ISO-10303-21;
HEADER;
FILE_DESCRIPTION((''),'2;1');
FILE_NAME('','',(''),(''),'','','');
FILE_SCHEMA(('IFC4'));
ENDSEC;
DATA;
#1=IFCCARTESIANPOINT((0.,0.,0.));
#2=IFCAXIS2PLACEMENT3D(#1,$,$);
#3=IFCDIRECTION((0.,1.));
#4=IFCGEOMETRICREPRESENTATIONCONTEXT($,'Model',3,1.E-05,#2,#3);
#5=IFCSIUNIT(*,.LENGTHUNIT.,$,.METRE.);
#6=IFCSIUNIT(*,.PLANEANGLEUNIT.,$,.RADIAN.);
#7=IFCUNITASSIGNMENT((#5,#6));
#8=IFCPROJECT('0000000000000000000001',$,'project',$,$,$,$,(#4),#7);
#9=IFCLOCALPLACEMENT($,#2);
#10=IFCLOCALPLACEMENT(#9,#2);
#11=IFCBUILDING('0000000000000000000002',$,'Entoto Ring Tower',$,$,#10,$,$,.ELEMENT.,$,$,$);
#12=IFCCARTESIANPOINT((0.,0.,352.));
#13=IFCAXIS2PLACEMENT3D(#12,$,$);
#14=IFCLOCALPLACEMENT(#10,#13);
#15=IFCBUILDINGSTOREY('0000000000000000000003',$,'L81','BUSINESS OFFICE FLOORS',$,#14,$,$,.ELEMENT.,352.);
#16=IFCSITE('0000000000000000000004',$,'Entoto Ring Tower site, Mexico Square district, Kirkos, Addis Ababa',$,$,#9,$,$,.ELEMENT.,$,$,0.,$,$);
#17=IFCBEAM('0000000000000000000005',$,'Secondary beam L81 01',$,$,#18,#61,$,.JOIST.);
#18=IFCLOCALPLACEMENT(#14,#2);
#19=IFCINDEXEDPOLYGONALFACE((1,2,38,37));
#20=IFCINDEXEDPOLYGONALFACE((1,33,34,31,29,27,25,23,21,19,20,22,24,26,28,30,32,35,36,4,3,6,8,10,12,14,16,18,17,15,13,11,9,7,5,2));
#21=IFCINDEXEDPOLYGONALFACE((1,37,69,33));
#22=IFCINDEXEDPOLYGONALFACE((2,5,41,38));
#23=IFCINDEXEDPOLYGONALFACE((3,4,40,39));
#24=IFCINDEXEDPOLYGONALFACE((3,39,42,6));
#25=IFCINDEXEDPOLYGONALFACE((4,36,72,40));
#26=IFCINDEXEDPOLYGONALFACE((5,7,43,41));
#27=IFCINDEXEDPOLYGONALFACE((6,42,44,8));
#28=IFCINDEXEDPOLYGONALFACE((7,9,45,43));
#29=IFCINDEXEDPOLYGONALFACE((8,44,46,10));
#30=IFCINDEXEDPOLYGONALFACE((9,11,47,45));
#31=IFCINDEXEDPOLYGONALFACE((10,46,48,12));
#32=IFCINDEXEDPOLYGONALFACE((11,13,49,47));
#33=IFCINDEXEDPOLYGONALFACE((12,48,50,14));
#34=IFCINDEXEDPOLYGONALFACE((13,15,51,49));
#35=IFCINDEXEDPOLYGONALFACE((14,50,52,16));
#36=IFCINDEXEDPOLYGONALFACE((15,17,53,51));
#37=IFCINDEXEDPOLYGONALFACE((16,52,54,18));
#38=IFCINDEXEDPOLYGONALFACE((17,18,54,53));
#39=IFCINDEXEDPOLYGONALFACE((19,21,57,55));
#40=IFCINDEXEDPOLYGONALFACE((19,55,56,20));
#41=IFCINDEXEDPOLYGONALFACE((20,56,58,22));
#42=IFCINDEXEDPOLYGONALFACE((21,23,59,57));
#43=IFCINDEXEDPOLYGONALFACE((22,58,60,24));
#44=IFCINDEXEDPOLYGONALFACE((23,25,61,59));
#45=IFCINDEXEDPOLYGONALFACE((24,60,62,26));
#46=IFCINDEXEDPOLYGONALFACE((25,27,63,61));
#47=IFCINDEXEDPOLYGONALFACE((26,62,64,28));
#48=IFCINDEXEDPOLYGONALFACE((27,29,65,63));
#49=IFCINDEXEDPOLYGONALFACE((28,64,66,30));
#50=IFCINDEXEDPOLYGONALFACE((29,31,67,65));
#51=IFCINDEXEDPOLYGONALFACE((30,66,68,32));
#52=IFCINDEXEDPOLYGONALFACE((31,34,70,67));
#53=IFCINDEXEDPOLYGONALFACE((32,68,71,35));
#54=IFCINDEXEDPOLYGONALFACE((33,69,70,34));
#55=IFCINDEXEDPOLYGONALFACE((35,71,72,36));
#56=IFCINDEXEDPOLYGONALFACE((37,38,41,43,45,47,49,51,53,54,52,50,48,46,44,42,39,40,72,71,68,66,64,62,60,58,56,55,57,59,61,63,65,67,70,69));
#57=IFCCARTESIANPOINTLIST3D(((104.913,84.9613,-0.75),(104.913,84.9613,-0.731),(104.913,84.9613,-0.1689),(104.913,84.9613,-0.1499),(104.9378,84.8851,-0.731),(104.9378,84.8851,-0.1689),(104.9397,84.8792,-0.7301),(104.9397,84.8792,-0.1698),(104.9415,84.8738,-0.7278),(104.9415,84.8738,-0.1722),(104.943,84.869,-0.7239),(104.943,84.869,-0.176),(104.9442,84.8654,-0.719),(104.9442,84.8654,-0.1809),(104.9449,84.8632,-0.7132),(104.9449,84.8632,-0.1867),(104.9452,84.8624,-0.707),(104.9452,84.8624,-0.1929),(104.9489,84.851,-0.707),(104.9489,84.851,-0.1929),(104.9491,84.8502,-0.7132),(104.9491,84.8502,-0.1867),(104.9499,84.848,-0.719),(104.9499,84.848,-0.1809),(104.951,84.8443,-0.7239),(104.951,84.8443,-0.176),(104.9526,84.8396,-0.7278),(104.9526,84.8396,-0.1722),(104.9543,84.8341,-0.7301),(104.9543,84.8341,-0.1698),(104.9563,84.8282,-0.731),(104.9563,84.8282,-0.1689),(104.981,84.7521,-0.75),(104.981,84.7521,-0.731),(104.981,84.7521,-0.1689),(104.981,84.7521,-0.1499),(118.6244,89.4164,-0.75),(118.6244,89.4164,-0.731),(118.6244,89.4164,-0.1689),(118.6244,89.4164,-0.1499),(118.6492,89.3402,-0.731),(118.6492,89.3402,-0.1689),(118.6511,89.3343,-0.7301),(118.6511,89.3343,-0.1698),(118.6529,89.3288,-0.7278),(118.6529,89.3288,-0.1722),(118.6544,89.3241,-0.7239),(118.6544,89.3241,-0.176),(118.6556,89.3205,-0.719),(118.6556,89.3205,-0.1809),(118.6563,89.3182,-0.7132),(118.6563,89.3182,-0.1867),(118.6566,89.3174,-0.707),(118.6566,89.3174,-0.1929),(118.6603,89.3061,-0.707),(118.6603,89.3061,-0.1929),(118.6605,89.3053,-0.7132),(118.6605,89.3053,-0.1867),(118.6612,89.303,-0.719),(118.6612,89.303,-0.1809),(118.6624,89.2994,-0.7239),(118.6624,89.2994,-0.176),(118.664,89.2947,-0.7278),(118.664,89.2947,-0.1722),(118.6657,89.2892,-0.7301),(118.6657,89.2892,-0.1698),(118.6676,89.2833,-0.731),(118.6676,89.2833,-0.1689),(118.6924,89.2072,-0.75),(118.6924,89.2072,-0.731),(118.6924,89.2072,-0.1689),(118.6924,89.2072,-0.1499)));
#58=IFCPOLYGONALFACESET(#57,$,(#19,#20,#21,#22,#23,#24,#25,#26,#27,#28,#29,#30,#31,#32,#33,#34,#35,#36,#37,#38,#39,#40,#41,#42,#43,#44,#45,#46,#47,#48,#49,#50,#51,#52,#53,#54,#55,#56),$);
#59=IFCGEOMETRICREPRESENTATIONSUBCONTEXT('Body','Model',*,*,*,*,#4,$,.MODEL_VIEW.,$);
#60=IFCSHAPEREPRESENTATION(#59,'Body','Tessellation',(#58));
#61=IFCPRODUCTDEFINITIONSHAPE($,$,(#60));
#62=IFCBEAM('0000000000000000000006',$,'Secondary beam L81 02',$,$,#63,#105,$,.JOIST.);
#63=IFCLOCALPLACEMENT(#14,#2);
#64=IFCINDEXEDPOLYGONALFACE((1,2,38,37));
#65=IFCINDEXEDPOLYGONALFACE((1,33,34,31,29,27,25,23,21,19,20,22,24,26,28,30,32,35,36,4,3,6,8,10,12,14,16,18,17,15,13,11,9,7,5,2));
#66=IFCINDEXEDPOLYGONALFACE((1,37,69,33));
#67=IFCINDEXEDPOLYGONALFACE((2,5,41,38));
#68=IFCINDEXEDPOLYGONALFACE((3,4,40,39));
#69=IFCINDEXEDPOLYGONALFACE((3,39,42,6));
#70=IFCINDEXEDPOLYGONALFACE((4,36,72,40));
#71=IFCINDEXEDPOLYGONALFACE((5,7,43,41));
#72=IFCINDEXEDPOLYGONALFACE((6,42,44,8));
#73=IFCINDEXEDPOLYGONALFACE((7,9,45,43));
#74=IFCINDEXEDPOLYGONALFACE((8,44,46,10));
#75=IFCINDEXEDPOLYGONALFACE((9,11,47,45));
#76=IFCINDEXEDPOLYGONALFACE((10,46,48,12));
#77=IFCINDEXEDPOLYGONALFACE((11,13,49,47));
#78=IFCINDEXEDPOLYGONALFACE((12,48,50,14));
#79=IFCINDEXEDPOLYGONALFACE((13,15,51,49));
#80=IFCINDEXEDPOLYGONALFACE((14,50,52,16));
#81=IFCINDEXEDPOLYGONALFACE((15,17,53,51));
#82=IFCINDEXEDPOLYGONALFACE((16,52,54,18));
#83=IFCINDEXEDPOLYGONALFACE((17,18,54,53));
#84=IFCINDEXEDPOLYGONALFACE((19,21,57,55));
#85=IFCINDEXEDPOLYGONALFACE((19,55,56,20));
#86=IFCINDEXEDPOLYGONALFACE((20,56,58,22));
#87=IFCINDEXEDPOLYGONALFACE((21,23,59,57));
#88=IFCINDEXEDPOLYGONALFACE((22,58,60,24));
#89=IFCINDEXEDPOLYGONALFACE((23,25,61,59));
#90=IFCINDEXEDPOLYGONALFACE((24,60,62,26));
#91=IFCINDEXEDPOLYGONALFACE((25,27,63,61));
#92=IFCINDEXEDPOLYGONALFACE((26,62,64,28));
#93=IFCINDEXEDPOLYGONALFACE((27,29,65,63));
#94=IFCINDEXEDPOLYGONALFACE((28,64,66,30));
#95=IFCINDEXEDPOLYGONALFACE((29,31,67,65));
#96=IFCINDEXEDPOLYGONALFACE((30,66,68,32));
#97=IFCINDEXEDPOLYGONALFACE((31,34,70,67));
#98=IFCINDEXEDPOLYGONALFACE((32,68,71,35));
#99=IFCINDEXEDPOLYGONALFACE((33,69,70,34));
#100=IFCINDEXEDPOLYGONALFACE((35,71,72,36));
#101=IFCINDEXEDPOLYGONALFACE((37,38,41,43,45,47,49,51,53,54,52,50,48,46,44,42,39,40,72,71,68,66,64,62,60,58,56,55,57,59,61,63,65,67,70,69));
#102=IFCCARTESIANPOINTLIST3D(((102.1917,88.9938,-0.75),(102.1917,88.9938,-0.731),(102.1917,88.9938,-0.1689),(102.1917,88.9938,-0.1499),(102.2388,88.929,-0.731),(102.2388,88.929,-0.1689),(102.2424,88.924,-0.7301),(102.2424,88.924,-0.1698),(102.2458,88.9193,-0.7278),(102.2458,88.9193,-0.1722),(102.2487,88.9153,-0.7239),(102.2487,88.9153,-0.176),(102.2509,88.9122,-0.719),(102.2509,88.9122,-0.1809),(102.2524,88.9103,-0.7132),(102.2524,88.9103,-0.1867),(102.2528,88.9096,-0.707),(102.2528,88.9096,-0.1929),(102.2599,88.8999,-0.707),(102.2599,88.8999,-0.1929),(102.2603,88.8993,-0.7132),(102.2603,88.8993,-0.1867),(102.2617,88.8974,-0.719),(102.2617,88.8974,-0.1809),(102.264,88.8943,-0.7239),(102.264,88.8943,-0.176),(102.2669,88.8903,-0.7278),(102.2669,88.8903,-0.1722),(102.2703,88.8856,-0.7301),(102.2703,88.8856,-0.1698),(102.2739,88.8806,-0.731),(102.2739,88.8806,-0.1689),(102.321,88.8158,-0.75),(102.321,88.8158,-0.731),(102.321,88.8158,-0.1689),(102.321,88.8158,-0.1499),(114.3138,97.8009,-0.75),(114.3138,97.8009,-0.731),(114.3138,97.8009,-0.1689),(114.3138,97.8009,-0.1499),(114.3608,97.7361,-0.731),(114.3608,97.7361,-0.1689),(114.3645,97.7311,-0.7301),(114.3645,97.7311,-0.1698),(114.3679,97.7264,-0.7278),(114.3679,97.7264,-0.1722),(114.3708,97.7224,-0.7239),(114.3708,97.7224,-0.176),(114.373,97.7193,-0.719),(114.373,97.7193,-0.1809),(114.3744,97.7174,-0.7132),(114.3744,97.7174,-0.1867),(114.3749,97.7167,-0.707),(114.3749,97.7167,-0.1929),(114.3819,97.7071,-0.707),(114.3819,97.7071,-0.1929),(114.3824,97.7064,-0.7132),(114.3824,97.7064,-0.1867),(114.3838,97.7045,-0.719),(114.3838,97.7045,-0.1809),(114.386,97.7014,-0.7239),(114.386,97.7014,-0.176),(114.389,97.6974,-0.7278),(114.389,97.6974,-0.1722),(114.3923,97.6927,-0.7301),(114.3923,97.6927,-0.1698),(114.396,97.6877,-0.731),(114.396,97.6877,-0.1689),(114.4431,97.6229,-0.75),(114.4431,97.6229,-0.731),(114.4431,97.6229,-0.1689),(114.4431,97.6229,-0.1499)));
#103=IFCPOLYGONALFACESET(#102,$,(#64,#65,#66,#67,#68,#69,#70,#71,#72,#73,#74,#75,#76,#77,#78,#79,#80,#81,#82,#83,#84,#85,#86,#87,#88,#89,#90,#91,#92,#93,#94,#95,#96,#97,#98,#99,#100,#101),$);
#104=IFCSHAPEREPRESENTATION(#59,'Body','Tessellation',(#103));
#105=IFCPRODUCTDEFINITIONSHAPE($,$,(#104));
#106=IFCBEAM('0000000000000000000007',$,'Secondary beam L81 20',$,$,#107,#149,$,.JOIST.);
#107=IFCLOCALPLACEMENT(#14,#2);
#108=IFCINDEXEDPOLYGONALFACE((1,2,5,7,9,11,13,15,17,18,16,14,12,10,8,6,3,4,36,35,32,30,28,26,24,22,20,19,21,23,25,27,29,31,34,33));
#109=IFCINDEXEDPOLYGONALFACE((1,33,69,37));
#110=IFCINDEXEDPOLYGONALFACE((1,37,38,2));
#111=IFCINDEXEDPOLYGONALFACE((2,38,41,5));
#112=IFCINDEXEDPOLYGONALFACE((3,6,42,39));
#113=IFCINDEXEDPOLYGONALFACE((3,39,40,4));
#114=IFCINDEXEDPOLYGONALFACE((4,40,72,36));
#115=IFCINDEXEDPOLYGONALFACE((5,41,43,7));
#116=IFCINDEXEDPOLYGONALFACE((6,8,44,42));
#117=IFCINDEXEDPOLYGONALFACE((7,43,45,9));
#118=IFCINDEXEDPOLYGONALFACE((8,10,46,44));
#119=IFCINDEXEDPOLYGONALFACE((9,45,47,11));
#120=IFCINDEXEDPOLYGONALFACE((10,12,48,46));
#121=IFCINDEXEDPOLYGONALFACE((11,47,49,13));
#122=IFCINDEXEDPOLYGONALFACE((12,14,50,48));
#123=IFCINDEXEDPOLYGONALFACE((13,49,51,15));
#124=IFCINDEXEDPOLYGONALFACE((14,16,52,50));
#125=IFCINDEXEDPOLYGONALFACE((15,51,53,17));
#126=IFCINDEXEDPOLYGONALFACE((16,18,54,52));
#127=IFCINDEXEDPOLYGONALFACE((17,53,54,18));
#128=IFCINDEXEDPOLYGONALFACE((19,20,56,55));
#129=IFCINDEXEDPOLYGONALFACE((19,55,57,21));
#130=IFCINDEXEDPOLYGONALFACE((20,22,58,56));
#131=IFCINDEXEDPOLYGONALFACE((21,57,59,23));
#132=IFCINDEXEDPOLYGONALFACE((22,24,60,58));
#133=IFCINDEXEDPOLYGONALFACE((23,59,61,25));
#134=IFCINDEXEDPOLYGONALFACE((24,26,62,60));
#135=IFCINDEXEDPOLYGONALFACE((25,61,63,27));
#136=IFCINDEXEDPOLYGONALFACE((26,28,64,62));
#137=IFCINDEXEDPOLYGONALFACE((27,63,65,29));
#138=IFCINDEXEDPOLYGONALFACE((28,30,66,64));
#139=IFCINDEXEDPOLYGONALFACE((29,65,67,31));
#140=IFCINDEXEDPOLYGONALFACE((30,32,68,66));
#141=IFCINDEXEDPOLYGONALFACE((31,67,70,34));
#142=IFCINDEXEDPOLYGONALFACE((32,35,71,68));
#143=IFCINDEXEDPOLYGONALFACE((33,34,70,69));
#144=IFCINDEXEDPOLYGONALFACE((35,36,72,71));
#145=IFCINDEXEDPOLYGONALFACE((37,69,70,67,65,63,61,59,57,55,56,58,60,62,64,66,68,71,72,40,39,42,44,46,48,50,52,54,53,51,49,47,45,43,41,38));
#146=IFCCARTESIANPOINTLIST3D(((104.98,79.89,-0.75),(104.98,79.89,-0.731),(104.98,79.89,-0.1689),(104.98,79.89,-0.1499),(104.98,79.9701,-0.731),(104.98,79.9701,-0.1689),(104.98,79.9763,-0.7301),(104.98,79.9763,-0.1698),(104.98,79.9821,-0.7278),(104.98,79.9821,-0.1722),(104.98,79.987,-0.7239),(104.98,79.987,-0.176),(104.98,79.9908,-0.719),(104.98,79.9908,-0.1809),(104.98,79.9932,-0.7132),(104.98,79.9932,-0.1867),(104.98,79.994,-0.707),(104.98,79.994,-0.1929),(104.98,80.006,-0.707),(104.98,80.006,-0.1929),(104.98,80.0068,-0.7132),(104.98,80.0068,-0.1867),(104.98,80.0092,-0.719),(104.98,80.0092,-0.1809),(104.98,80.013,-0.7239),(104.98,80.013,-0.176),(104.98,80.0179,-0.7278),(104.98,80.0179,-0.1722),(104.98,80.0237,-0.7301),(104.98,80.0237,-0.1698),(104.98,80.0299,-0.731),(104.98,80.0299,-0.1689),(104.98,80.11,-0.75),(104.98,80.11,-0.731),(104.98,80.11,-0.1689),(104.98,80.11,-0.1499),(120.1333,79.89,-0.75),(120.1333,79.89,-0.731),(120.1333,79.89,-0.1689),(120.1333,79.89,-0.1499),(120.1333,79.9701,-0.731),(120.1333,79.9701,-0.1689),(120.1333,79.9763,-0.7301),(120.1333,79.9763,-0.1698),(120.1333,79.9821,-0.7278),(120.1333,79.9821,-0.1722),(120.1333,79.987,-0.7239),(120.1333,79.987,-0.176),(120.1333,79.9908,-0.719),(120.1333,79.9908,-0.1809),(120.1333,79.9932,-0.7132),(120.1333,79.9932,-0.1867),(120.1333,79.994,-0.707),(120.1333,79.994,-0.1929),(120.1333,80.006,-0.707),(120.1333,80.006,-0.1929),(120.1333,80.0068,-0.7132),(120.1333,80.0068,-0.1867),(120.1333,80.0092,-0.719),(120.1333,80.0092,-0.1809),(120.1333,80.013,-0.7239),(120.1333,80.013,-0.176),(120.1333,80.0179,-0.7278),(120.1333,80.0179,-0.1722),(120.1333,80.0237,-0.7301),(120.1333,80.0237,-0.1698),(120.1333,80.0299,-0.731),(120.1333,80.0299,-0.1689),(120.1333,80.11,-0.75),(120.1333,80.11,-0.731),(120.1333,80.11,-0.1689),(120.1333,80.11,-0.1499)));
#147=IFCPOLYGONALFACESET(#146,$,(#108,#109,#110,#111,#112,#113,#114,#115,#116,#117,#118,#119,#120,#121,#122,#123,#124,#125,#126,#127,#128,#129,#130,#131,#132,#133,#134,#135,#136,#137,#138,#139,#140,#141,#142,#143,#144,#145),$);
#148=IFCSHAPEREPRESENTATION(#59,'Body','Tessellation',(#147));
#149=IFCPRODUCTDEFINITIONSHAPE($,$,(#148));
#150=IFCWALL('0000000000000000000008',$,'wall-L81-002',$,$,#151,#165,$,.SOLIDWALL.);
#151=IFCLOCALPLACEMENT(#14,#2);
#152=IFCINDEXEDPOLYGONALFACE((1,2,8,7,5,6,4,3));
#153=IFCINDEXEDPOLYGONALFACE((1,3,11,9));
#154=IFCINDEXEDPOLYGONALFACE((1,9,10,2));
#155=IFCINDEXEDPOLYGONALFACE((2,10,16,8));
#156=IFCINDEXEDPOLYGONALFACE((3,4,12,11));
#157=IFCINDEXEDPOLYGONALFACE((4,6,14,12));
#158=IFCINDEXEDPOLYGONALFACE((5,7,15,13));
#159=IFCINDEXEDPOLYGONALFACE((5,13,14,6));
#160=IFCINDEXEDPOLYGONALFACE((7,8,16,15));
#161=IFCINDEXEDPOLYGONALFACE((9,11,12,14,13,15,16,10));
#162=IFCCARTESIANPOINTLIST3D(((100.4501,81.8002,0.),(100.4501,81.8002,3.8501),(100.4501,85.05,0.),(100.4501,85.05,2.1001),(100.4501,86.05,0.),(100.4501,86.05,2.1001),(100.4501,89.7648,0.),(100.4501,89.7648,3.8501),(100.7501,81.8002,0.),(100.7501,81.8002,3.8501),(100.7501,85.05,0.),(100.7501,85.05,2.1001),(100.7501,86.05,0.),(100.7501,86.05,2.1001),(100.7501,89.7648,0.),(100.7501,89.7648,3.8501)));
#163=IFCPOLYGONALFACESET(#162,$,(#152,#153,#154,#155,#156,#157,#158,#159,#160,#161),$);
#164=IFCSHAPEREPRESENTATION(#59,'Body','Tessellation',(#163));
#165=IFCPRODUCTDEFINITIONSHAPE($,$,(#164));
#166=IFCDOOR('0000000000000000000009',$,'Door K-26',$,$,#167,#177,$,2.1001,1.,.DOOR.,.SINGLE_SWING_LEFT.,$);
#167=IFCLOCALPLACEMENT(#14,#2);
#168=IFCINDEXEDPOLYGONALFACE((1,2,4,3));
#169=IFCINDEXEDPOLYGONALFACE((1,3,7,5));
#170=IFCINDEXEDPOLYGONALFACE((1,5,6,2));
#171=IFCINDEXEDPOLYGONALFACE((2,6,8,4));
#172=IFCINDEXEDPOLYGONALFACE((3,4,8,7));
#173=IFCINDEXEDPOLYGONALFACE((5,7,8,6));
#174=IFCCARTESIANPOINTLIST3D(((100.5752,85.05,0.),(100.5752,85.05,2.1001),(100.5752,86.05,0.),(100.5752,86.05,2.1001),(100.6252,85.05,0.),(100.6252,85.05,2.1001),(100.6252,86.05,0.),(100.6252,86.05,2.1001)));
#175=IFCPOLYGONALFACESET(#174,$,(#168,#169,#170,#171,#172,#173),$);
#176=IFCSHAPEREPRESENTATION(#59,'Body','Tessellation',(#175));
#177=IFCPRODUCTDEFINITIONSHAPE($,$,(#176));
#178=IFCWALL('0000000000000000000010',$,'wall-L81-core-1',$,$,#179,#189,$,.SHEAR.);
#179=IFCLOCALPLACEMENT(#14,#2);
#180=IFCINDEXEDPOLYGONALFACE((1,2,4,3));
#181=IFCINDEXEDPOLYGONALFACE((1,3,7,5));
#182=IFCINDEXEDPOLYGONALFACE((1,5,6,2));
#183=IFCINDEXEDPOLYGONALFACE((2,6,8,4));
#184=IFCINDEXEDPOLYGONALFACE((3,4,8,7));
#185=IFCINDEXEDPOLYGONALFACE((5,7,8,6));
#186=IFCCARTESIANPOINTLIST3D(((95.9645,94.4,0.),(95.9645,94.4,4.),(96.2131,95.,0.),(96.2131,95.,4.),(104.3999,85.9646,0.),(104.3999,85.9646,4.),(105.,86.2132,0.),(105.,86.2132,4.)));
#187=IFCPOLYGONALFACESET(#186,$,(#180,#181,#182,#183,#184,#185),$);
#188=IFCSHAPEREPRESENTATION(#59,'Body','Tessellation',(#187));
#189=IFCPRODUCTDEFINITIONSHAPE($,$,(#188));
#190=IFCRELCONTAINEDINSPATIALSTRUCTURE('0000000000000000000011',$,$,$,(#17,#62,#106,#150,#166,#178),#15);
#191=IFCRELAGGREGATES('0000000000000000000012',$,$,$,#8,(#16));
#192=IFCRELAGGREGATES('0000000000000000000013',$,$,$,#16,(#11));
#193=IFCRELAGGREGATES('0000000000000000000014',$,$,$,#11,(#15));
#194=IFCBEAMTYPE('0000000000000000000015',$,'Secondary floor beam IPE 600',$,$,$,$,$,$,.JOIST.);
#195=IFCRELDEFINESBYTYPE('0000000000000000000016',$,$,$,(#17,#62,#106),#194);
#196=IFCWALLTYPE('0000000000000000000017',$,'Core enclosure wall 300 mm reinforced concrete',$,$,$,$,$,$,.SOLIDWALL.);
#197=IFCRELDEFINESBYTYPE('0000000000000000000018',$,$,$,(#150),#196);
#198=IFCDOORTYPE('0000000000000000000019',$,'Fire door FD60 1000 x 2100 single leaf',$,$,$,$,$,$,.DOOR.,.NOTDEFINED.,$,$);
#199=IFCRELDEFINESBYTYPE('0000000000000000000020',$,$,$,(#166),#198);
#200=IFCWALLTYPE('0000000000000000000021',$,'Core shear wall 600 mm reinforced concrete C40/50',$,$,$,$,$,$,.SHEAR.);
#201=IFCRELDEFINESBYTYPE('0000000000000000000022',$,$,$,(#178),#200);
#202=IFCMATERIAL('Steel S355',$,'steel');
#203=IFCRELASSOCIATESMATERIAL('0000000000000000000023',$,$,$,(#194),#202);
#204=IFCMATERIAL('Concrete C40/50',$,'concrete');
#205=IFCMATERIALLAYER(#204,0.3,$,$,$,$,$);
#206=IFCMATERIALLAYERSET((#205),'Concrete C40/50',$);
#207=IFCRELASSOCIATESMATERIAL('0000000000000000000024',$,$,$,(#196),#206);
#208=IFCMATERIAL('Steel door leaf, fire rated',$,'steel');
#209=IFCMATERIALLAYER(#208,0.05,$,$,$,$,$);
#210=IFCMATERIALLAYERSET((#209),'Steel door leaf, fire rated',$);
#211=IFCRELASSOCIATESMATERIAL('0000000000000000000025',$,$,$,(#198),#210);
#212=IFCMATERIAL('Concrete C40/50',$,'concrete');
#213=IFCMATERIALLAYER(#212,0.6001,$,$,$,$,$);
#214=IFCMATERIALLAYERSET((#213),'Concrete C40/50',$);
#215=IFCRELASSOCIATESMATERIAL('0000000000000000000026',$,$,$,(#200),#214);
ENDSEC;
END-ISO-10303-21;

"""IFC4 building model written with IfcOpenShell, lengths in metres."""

from ifc_helpers import new_model, si_unit, direction, frame, frame_2d, origin, origin_2d, place, context, subcontext, project, spatial, polyline, rectangle, i_section, outline, extrude, material, layer, layer_set, material_profile, profile_set, type_object, element, fill, save


model = new_model("IFC4")

# Units and contexts
model_context = context("Model", 3, precision=1e-05, world=origin(), true_north=direction((0.0, 1.0)))
body_context = subcontext(model_context, "Body", "Model", "MODEL_VIEW")
ifc_project = project(units=[si_unit("LENGTHUNIT", "METRE"), si_unit("PLANEANGLEUNIT", "RADIAN")], contexts=[model_context])

# Site, building, storey
site_placement = place(None, origin())
site = spatial("IfcSite", under=ifc_project, at=site_placement, Name="Entoto Ring Tower site, Mexico Square district, Kirkos, Addis Ababa", CompositionType="ELEMENT", RefElevation=0.0)
building_placement = place(site_placement, origin())
building = spatial("IfcBuilding", under=site, at=building_placement, Name="Entoto Ring Tower", CompositionType="ELEMENT")
storey_placement = place(building_placement, frame((0.0, 0.0, 352.0)))
storey = spatial("IfcBuildingStorey", under=building, at=storey_placement, Name="L81", Description="BUSINESS OFFICE FLOORS", CompositionType="ELEMENT", Elevation=352.0)

# Beams
ifc_material_1 = material(Name="Steel S355", Category="steel")
ifc_material_profile_1 = material_profile(ifc_material_1, i_section(OverallWidth=0.22, OverallDepth=0.6001, WebThickness=0.012, FlangeThickness=0.019, FilletRadius=0.0239, at=origin_2d()), Name="IPE 600")
ifc_profile_set_1 = profile_set([ifc_material_profile_1], Name="Steel S355")
beam_type_1 = type_object("IfcBeamType", Name="Secondary floor beam IPE 600", PredefinedType="JOIST", material=ifc_profile_set_1)
beam_1_placement = place(storey_placement, frame((104.947, 84.8567, -0.45), z_axis=(0.951057, 0.309015, 0.0), x_axis=(-0.309015, 0.951057, 0.0)))
element("IfcBeam", 1, at=beam_1_placement, inside=storey, type_object=beam_type_1, Name="Secondary beam L81 01", PredefinedType="JOIST", context=body_context, shape_type="SweptSolid", body=[
    extrude(i_section(OverallWidth=0.22, OverallDepth=0.6001, WebThickness=0.012, FlangeThickness=0.019, FilletRadius=0.0239, at=origin_2d()), origin(), (0.0, 0.0, 1.0), 14.417),
])
beam_2_placement = place(storey_placement, frame((102.2563, 88.9048, -0.45), z_axis=(0.809019, 0.587782, 0.0), x_axis=(-0.587782, 0.809019, 0.0)))
element("IfcBeam", 2, at=beam_2_placement, inside=storey, type_object=beam_type_1, Name="Secondary beam L81 02", PredefinedType="JOIST", context=body_context, shape_type="SweptSolid", body=[
    extrude(i_section(OverallWidth=0.22, OverallDepth=0.6001, WebThickness=0.012, FlangeThickness=0.019, FilletRadius=0.0239, at=origin_2d()), origin(), (0.0, 0.0, 1.0), 14.9836),
])
beam_3_placement = place(storey_placement, frame((104.98, 80.0, -0.45), z_axis=(1.0, 0.0, 0.0), x_axis=(0.0, 1.0, 0.0)))
element("IfcBeam", 3, at=beam_3_placement, inside=storey, type_object=beam_type_1, Name="Secondary beam L81 20", PredefinedType="JOIST", context=body_context, shape_type="SweptSolid", body=[
    extrude(i_section(OverallWidth=0.22, OverallDepth=0.6001, WebThickness=0.012, FlangeThickness=0.019, FilletRadius=0.0239, at=origin_2d()), origin(), (0.0, 0.0, 1.0), 15.1533),
])

# Wall, opening, door
ifc_material_2 = material(Name="Concrete C40/50", Category="concrete")
ifc_layer_1 = layer(ifc_material_2, 0.3)
ifc_layer_set_1 = layer_set([ifc_layer_1], Name="Concrete C40/50")
wall_type_1 = type_object("IfcWallType", Name="Core enclosure wall 300 mm reinforced concrete", PredefinedType="SOLIDWALL", material=ifc_layer_set_1)
wall_1_placement = place(storey_placement, frame((100.6001, 81.8, 0.0), z_axis=(0.0, 0.0, 1.0), x_axis=(0.0, 1.0, 0.0)))
wall_1 = element("IfcWall", 4, at=wall_1_placement, inside=storey, type_object=wall_type_1, Name="wall-L81-002", PredefinedType="SOLIDWALL", context=body_context, shape_type="SweptSolid", body=[
    extrude(rectangle(XDim=7.9646, YDim=0.3, at=frame_2d((3.9824, 0.0))), origin(), (0.0, 0.0, 1.0), 3.8501),
])
opening_1_placement = place(wall_1_placement, frame((3.25, 0.0, 0.0)))
opening_1 = element("IfcOpeningElement", 5, at=opening_1_placement, cuts=wall_1, PredefinedType="OPENING", context=body_context, shape_type="SweptSolid", body=[
    extrude(rectangle(XDim=1.0, YDim=2.1001, at=frame_2d((0.5, 1.05))), frame((0.0, 0.1602, 0.0), z_axis=(0.0, -1.0, 0.0), x_axis=(1.0, 0.0, 0.0)), (0.0, 0.0, 1.0), 0.3201),
])
ifc_material_3 = material(Name="Steel door leaf, fire rated", Category="steel")
ifc_layer_2 = layer(ifc_material_3, 0.05)
ifc_layer_set_2 = layer_set([ifc_layer_2], Name="Steel door leaf, fire rated")
door_type_1 = type_object("IfcDoorType", Name="Fire door FD60 1000 x 2100 single leaf", OperationType="NOTDEFINED", PredefinedType="DOOR", material=ifc_layer_set_2)
door_1_placement = place(opening_1_placement, origin())
door_1 = element("IfcDoor", 6, at=door_1_placement, inside=storey, type_object=door_type_1, Name="Door K-26", OperationType="SINGLE_SWING_LEFT", OverallHeight=2.1001, OverallWidth=1.0, PredefinedType="DOOR", context=body_context, shape_type="SweptSolid", body=[
    extrude(rectangle(XDim=1.0, YDim=2.1001, at=frame_2d((0.5, 1.05))), frame((0.0, 0.0249, 0.0), z_axis=(0.0, -1.0, 0.0), x_axis=(1.0, 0.0, 0.0)), (0.0, 0.0, 1.0), 0.05),
])
fill(opening_1, door_1)

# Wall
ifc_material_4 = material(Name="Concrete C40/50", Category="concrete")
ifc_layer_3 = layer(ifc_material_4, 0.6001)
ifc_layer_set_3 = layer_set([ifc_layer_3], Name="Concrete C40/50")
wall_type_2 = type_object("IfcWallType", Name="Core shear wall 600 mm reinforced concrete C40/50", PredefinedType="SHEAR", material=ifc_layer_set_3)
wall_2_placement = place(storey_placement, frame((104.7, 86.0889, 0.0), z_axis=(0.0, 0.0, 1.0), x_axis=(-0.707107, 0.707107, 0.0)))
element("IfcWall", 7, at=wall_2_placement, inside=storey, type_object=wall_type_2, Name="wall-L81-core-1", PredefinedType="SHEAR", context=body_context, shape_type="SweptSolid", body=[
    extrude(outline(polyline([(-0.1243, -0.3), (12.3022, -0.3), (12.0537, 0.3), (0.1243, 0.3), (-0.1243, -0.3)])), origin(), (0.0, 0.0, 1.0), 4.0),
])

save(model, "model.ifc")
